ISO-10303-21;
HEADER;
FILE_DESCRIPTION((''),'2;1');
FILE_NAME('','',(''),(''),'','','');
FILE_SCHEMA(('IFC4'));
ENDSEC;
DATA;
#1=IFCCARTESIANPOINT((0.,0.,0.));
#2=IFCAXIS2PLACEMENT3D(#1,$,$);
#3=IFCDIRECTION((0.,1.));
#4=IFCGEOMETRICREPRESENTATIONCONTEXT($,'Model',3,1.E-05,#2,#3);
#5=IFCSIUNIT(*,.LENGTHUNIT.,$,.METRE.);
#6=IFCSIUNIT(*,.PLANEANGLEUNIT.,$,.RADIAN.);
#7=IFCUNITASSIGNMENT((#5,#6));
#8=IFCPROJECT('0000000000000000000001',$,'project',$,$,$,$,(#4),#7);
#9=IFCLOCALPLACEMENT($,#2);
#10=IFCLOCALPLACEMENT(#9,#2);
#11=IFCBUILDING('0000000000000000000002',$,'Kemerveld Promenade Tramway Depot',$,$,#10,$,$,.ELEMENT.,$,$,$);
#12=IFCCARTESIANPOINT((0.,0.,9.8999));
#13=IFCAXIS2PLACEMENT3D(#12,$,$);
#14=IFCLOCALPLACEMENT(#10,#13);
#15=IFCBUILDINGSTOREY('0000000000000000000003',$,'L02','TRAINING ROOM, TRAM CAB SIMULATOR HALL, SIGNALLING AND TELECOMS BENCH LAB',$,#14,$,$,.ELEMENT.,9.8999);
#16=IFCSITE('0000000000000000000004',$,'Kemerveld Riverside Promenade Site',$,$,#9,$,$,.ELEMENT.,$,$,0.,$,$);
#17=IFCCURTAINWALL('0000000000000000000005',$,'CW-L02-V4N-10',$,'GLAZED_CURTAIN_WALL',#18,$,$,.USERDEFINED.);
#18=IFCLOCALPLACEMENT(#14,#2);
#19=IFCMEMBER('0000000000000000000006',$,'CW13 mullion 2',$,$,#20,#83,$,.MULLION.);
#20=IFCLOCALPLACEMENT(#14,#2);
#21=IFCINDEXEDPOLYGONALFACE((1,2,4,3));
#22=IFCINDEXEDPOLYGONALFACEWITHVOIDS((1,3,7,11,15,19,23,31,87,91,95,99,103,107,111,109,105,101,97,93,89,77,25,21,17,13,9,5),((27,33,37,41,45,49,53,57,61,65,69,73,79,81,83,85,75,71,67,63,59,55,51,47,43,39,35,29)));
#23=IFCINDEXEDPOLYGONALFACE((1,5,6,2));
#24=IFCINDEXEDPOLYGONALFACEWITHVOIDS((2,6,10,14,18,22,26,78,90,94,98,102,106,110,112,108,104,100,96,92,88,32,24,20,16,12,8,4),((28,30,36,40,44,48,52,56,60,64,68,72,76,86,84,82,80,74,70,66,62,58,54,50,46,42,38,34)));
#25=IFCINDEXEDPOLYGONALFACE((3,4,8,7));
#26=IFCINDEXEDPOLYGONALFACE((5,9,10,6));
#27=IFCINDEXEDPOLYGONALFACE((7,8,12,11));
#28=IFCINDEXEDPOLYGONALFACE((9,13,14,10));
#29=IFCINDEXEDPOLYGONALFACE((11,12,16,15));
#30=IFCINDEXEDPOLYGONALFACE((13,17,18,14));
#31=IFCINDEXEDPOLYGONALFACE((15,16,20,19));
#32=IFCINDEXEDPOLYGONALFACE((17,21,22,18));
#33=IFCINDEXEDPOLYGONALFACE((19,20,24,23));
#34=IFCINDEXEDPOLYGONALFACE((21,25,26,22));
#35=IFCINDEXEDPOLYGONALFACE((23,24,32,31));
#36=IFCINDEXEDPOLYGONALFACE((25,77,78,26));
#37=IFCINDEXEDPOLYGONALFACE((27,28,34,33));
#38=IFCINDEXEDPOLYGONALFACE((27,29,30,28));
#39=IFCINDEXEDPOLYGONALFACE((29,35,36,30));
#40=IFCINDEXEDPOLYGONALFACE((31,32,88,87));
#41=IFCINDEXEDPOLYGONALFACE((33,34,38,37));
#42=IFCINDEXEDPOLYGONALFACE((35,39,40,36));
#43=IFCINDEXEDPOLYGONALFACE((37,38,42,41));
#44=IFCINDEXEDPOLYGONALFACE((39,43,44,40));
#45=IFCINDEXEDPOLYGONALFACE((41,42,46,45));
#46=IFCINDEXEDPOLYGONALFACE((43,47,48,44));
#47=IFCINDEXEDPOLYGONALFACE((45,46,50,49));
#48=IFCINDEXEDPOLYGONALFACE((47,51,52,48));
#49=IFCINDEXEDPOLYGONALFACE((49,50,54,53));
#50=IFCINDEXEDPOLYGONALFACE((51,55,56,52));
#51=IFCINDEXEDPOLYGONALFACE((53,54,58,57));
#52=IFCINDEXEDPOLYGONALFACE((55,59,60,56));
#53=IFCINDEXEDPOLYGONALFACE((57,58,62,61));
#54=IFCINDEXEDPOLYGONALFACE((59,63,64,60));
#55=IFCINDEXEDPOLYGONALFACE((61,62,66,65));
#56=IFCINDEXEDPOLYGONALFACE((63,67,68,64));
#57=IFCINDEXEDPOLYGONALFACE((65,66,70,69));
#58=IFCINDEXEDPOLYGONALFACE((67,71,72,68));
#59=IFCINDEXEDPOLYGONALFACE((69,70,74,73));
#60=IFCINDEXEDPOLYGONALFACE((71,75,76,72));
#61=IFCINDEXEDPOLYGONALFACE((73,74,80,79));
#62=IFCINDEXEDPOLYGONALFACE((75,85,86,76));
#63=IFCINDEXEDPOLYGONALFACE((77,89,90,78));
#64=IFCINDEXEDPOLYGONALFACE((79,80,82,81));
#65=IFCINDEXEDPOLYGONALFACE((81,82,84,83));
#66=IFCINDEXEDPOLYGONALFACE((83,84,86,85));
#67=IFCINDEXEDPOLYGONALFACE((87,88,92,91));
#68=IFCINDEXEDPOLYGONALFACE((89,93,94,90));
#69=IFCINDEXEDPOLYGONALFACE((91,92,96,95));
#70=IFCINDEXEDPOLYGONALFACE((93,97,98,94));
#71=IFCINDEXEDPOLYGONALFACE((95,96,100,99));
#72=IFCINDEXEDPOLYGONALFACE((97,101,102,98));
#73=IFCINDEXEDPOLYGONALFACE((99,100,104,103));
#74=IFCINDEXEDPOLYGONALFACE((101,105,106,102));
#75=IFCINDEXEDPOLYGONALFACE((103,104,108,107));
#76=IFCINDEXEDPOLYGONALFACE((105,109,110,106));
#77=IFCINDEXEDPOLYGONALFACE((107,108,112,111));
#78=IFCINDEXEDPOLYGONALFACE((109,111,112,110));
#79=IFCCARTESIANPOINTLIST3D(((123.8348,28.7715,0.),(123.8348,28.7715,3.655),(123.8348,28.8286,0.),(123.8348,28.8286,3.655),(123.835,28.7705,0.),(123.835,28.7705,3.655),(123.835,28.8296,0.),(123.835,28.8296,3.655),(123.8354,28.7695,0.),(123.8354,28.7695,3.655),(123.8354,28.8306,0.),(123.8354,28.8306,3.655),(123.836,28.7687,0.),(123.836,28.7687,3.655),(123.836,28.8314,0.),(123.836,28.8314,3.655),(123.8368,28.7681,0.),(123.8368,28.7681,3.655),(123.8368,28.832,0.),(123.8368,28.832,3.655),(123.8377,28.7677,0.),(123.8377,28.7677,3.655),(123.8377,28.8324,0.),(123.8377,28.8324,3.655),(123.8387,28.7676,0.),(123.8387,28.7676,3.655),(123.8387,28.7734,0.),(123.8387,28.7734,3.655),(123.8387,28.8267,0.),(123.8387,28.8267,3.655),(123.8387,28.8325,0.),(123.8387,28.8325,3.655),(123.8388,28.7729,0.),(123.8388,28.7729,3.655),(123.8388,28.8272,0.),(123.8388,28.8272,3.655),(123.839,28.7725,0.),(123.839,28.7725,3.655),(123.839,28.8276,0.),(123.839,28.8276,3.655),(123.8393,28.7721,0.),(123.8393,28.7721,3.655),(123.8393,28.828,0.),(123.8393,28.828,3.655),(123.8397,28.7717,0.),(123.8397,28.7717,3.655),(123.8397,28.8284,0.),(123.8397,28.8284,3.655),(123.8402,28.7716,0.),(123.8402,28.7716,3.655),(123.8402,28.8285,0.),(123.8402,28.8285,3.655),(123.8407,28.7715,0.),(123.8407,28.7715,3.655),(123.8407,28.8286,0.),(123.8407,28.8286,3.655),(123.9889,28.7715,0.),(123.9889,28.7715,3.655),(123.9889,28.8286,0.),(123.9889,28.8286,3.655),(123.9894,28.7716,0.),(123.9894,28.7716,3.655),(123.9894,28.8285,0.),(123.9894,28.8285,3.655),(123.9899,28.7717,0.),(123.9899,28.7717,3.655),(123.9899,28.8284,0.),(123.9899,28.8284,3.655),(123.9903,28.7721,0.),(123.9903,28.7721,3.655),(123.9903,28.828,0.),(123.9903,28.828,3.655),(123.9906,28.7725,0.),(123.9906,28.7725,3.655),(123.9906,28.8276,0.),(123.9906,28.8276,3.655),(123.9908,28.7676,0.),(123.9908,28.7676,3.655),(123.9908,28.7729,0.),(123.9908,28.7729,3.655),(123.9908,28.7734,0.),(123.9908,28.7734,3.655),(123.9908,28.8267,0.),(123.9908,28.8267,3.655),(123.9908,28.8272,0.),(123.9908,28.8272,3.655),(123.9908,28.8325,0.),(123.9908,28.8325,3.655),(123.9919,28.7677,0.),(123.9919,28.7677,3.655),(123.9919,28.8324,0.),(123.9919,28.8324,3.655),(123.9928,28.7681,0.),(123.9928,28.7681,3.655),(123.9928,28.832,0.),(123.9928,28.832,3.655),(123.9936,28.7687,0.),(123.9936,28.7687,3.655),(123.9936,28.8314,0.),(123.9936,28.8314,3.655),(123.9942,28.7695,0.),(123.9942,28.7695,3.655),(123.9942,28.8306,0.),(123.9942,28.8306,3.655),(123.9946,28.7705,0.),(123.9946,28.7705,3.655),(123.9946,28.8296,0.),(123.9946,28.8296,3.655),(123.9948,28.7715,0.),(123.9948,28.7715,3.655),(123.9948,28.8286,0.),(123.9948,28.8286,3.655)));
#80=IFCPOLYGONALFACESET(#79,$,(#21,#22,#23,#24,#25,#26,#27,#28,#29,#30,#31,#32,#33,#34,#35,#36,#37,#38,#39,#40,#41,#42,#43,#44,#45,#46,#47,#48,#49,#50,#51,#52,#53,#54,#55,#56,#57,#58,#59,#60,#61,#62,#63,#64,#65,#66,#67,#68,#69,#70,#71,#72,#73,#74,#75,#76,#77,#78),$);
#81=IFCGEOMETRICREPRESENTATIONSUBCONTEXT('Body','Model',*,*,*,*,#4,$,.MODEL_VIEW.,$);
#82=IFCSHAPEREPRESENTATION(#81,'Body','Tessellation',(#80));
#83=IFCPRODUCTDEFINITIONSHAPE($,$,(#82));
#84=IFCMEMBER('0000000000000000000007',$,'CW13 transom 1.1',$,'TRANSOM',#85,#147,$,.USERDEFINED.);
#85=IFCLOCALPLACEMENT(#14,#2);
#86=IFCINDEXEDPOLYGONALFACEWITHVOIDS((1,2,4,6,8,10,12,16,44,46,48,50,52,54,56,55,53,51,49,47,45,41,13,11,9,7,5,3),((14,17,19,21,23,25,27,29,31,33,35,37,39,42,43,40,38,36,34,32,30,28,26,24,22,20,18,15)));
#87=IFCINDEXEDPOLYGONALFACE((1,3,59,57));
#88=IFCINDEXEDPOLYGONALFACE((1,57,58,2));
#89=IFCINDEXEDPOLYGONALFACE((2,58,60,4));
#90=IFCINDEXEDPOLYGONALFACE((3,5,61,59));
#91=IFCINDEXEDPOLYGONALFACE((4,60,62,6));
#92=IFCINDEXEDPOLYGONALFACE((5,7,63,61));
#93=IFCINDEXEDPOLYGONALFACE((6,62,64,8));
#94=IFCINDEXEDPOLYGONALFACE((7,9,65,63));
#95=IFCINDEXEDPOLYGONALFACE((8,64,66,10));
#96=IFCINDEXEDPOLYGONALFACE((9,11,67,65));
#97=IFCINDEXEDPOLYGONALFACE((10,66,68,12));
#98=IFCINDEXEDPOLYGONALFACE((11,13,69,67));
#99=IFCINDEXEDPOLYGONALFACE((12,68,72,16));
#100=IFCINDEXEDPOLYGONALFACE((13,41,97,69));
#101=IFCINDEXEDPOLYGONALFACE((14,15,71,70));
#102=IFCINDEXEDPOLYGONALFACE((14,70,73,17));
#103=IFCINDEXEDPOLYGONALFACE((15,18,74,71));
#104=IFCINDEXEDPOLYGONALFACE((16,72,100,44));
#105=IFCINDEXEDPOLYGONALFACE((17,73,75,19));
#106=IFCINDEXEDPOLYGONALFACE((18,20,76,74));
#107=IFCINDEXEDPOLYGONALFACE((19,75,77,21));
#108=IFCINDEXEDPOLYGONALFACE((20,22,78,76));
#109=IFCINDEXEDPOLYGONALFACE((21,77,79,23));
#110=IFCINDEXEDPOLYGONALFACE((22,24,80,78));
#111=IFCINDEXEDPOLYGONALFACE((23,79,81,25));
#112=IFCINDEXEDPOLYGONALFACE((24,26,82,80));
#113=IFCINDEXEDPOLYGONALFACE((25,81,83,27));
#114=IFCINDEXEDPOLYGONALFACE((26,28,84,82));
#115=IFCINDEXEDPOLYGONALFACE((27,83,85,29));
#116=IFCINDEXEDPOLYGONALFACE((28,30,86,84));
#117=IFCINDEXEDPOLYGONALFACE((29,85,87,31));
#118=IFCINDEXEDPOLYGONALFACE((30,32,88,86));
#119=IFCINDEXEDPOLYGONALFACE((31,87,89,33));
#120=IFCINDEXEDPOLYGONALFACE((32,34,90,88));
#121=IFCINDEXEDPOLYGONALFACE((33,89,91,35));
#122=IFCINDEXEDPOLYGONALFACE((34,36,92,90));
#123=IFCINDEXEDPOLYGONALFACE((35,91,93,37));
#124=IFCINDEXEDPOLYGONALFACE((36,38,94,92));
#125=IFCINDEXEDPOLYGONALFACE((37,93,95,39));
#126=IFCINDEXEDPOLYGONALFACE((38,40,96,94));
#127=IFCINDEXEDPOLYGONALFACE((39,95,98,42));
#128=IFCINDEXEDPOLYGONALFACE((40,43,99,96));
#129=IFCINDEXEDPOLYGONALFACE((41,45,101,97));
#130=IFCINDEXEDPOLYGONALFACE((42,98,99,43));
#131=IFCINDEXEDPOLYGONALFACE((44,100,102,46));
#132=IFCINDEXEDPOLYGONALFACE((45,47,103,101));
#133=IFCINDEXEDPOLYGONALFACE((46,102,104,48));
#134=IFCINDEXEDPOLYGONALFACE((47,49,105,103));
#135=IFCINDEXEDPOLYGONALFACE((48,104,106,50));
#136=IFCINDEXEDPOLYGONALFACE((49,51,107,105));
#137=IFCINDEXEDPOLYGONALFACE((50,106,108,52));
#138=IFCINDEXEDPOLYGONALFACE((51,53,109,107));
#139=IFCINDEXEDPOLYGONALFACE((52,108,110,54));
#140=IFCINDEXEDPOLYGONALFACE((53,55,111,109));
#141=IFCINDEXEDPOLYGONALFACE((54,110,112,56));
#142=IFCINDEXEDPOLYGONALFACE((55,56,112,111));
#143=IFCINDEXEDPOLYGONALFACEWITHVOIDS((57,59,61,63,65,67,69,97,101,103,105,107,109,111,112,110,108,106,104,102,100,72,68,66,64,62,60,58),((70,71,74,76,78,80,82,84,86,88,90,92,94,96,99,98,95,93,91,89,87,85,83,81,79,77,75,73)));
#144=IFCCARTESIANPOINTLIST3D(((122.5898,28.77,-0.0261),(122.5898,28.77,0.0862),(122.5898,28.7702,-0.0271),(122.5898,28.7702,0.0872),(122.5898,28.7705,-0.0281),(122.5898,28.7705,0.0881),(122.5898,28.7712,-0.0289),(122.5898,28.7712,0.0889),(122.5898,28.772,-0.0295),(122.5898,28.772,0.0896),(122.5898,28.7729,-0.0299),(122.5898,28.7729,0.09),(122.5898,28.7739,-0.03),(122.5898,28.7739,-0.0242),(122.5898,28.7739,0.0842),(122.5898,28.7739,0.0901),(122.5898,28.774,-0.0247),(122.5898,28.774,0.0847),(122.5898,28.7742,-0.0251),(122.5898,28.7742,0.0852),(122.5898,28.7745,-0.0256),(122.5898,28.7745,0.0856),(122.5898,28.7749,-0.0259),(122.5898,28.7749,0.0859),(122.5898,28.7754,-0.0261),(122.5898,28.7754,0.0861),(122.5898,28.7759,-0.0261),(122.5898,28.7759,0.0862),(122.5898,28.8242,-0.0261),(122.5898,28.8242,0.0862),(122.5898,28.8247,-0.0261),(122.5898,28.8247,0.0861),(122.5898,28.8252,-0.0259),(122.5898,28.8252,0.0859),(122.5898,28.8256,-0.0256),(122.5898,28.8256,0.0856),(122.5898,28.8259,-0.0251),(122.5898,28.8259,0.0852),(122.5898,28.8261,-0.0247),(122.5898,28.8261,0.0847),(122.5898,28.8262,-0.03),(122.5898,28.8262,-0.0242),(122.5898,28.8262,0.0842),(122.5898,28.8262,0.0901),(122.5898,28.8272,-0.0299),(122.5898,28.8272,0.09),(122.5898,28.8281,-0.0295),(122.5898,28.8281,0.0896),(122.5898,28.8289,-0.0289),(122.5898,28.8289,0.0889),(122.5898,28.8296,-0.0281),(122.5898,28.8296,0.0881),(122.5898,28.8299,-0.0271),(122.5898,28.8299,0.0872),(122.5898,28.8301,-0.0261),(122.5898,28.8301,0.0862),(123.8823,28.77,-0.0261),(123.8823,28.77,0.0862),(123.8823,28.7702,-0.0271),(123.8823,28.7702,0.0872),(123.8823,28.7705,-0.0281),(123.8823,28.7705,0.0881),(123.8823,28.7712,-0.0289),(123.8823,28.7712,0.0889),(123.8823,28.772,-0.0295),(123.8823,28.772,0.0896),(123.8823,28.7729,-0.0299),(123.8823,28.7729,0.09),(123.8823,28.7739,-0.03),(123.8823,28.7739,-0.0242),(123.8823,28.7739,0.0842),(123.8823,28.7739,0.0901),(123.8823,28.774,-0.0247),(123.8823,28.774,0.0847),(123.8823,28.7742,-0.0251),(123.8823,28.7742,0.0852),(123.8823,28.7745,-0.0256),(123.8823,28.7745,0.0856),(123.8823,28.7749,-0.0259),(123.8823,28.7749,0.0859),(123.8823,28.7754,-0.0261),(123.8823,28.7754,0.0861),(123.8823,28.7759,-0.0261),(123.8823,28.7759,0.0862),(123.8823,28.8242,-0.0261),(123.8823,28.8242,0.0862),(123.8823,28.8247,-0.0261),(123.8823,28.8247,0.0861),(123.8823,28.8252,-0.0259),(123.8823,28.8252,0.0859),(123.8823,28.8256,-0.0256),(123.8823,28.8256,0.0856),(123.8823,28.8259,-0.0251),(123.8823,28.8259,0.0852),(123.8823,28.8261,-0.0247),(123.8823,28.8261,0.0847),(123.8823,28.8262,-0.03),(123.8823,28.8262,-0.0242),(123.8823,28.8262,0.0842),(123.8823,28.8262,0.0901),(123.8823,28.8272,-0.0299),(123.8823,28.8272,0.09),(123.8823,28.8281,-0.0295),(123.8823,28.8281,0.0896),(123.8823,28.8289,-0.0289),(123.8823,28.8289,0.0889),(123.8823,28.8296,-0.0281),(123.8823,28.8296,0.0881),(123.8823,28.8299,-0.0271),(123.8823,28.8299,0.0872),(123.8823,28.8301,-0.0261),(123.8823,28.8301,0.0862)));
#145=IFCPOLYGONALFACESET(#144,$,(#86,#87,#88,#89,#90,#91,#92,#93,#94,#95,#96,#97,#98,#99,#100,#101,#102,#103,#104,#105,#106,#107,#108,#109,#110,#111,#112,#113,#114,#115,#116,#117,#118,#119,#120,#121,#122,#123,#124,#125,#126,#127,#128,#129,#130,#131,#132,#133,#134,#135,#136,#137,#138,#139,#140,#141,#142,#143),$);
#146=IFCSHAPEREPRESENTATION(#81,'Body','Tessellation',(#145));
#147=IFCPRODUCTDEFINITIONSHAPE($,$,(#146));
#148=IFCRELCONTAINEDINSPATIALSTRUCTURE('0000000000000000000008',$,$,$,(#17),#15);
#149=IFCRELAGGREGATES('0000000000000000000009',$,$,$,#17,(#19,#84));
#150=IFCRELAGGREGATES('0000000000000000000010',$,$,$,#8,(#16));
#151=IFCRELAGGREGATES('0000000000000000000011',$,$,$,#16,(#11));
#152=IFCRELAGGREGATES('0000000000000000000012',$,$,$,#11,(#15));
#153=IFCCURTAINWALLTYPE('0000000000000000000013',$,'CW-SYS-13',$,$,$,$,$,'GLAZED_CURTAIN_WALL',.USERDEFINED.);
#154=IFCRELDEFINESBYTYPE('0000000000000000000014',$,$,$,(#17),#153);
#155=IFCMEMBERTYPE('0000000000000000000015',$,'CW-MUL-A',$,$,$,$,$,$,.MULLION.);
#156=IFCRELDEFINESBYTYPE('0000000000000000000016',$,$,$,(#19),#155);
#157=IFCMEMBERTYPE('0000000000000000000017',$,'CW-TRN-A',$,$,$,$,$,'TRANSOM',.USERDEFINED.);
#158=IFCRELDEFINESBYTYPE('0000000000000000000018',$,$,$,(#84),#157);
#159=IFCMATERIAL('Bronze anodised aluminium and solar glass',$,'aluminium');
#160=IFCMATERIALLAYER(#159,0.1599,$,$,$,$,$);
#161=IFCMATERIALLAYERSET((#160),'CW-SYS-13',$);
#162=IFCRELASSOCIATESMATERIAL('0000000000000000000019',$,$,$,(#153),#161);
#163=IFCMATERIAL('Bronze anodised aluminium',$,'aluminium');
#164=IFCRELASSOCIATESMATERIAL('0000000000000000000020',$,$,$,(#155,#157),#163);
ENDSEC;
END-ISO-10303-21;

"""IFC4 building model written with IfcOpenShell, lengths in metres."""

from ifc_helpers import new_model, si_unit, direction, frame, origin, origin_2d, place, context, subcontext, project, spatial, hollow_rectangle, extrude, material, layer, layer_set, material_profile, profile_set, type_object, element, aggregate, save


model = new_model("IFC4")

# Units and contexts
model_context = context("Model", 3, precision=1e-05, world=origin(), true_north=direction((0.0, 1.0)))
body_context = subcontext(model_context, "Body", "Model", "MODEL_VIEW")
ifc_project = project(units=[si_unit("LENGTHUNIT", "METRE"), si_unit("PLANEANGLEUNIT", "RADIAN")], contexts=[model_context])

# Site, building, storey
site_placement = place(None, origin())
site = spatial("IfcSite", under=ifc_project, at=site_placement, Name="Kemerveld Riverside Promenade Site", CompositionType="ELEMENT", RefElevation=0.0)
building_placement = place(site_placement, origin())
building = spatial("IfcBuilding", under=site, at=building_placement, Name="Kemerveld Promenade Tramway Depot", CompositionType="ELEMENT")
storey_placement = place(building_placement, frame((0.0, 0.0, 9.8999)))
storey = spatial("IfcBuildingStorey", under=building, at=storey_placement, Name="L02", Description="TRAINING ROOM, TRAM CAB SIMULATOR HALL, SIGNALLING AND TELECOMS BENCH LAB", CompositionType="ELEMENT", Elevation=9.8999)

# Curtain wall, members
ifc_material_1 = material(Name="Bronze anodised aluminium and solar glass", Category="aluminium")
ifc_layer_1 = layer(ifc_material_1, 0.1599)
ifc_layer_set_1 = layer_set([ifc_layer_1], Name="CW-SYS-13")
curtain_wall_type = type_object("IfcCurtainWallType", Name="CW-SYS-13", ElementType="GLAZED_CURTAIN_WALL", PredefinedType="USERDEFINED", material=ifc_layer_set_1)
curtain_wall_placement = place(storey_placement, origin())
curtain_wall = element("IfcCurtainWall", 1, at=curtain_wall_placement, inside=storey, type_object=curtain_wall_type, Name="CW-L02-V4N-10", ObjectType="GLAZED_CURTAIN_WALL", PredefinedType="USERDEFINED")
ifc_material_2 = material(Name="Bronze anodised aluminium", Category="aluminium")
ifc_material_profile_1 = material_profile(ifc_material_2, hollow_rectangle(XDim=0.0649, YDim=0.1599, WallThickness=0.0039, InnerFilletRadius=0.002, OuterFilletRadius=0.0039, at=origin_2d()), Name="CW-MUL-160x65")
ifc_profile_set_1 = profile_set([ifc_material_profile_1], Name="Bronze anodised aluminium")
member_type_1 = type_object("IfcMemberType", Name="CW-MUL-A", PredefinedType="MULLION", material=ifc_profile_set_1)
member_1_placement = place(storey_placement, frame((123.9148, 28.8, 0.0), z_axis=(0.0, 0.0, 1.0), x_axis=(0.0, 1.0, 0.0)))
member_1 = element("IfcMember", 2, at=member_1_placement, type_object=member_type_1, Name="CW13 mullion 2", PredefinedType="MULLION", context=body_context, shape_type="SweptSolid", body=[
    extrude(hollow_rectangle(XDim=0.0649, YDim=0.1599, WallThickness=0.0039, InnerFilletRadius=0.002, OuterFilletRadius=0.0039, at=origin_2d()), origin(), (0.0, 0.0, 1.0), 3.655),
])
ifc_material_profile_2 = material_profile(ifc_material_2, hollow_rectangle(XDim=0.0601, YDim=0.1201, WallThickness=0.0039, InnerFilletRadius=0.002, OuterFilletRadius=0.0039, at=origin_2d()), Name="CW-TRN-120x60")
ifc_profile_set_2 = profile_set([ifc_material_profile_2], Name="Bronze anodised aluminium")
member_type_2 = type_object("IfcMemberType", Name="CW-TRN-A", ElementType="TRANSOM", PredefinedType="USERDEFINED", material=ifc_profile_set_2)
member_2_placement = place(storey_placement, frame((122.5898, 28.8, 0.03), z_axis=(1.0, 0.0, 0.0), x_axis=(0.0, 1.0, 0.0)))
member_2 = element("IfcMember", 3, at=member_2_placement, type_object=member_type_2, Name="CW13 transom 1.1", ObjectType="TRANSOM", PredefinedType="USERDEFINED", context=body_context, shape_type="SweptSolid", body=[
    extrude(hollow_rectangle(XDim=0.0601, YDim=0.1201, WallThickness=0.0039, InnerFilletRadius=0.002, OuterFilletRadius=0.0039, at=origin_2d()), origin(), (0.0, 0.0, 1.0), 1.2925),
])

aggregate(curtain_wall, [member_1, member_2])

save(model, "model.ifc")
